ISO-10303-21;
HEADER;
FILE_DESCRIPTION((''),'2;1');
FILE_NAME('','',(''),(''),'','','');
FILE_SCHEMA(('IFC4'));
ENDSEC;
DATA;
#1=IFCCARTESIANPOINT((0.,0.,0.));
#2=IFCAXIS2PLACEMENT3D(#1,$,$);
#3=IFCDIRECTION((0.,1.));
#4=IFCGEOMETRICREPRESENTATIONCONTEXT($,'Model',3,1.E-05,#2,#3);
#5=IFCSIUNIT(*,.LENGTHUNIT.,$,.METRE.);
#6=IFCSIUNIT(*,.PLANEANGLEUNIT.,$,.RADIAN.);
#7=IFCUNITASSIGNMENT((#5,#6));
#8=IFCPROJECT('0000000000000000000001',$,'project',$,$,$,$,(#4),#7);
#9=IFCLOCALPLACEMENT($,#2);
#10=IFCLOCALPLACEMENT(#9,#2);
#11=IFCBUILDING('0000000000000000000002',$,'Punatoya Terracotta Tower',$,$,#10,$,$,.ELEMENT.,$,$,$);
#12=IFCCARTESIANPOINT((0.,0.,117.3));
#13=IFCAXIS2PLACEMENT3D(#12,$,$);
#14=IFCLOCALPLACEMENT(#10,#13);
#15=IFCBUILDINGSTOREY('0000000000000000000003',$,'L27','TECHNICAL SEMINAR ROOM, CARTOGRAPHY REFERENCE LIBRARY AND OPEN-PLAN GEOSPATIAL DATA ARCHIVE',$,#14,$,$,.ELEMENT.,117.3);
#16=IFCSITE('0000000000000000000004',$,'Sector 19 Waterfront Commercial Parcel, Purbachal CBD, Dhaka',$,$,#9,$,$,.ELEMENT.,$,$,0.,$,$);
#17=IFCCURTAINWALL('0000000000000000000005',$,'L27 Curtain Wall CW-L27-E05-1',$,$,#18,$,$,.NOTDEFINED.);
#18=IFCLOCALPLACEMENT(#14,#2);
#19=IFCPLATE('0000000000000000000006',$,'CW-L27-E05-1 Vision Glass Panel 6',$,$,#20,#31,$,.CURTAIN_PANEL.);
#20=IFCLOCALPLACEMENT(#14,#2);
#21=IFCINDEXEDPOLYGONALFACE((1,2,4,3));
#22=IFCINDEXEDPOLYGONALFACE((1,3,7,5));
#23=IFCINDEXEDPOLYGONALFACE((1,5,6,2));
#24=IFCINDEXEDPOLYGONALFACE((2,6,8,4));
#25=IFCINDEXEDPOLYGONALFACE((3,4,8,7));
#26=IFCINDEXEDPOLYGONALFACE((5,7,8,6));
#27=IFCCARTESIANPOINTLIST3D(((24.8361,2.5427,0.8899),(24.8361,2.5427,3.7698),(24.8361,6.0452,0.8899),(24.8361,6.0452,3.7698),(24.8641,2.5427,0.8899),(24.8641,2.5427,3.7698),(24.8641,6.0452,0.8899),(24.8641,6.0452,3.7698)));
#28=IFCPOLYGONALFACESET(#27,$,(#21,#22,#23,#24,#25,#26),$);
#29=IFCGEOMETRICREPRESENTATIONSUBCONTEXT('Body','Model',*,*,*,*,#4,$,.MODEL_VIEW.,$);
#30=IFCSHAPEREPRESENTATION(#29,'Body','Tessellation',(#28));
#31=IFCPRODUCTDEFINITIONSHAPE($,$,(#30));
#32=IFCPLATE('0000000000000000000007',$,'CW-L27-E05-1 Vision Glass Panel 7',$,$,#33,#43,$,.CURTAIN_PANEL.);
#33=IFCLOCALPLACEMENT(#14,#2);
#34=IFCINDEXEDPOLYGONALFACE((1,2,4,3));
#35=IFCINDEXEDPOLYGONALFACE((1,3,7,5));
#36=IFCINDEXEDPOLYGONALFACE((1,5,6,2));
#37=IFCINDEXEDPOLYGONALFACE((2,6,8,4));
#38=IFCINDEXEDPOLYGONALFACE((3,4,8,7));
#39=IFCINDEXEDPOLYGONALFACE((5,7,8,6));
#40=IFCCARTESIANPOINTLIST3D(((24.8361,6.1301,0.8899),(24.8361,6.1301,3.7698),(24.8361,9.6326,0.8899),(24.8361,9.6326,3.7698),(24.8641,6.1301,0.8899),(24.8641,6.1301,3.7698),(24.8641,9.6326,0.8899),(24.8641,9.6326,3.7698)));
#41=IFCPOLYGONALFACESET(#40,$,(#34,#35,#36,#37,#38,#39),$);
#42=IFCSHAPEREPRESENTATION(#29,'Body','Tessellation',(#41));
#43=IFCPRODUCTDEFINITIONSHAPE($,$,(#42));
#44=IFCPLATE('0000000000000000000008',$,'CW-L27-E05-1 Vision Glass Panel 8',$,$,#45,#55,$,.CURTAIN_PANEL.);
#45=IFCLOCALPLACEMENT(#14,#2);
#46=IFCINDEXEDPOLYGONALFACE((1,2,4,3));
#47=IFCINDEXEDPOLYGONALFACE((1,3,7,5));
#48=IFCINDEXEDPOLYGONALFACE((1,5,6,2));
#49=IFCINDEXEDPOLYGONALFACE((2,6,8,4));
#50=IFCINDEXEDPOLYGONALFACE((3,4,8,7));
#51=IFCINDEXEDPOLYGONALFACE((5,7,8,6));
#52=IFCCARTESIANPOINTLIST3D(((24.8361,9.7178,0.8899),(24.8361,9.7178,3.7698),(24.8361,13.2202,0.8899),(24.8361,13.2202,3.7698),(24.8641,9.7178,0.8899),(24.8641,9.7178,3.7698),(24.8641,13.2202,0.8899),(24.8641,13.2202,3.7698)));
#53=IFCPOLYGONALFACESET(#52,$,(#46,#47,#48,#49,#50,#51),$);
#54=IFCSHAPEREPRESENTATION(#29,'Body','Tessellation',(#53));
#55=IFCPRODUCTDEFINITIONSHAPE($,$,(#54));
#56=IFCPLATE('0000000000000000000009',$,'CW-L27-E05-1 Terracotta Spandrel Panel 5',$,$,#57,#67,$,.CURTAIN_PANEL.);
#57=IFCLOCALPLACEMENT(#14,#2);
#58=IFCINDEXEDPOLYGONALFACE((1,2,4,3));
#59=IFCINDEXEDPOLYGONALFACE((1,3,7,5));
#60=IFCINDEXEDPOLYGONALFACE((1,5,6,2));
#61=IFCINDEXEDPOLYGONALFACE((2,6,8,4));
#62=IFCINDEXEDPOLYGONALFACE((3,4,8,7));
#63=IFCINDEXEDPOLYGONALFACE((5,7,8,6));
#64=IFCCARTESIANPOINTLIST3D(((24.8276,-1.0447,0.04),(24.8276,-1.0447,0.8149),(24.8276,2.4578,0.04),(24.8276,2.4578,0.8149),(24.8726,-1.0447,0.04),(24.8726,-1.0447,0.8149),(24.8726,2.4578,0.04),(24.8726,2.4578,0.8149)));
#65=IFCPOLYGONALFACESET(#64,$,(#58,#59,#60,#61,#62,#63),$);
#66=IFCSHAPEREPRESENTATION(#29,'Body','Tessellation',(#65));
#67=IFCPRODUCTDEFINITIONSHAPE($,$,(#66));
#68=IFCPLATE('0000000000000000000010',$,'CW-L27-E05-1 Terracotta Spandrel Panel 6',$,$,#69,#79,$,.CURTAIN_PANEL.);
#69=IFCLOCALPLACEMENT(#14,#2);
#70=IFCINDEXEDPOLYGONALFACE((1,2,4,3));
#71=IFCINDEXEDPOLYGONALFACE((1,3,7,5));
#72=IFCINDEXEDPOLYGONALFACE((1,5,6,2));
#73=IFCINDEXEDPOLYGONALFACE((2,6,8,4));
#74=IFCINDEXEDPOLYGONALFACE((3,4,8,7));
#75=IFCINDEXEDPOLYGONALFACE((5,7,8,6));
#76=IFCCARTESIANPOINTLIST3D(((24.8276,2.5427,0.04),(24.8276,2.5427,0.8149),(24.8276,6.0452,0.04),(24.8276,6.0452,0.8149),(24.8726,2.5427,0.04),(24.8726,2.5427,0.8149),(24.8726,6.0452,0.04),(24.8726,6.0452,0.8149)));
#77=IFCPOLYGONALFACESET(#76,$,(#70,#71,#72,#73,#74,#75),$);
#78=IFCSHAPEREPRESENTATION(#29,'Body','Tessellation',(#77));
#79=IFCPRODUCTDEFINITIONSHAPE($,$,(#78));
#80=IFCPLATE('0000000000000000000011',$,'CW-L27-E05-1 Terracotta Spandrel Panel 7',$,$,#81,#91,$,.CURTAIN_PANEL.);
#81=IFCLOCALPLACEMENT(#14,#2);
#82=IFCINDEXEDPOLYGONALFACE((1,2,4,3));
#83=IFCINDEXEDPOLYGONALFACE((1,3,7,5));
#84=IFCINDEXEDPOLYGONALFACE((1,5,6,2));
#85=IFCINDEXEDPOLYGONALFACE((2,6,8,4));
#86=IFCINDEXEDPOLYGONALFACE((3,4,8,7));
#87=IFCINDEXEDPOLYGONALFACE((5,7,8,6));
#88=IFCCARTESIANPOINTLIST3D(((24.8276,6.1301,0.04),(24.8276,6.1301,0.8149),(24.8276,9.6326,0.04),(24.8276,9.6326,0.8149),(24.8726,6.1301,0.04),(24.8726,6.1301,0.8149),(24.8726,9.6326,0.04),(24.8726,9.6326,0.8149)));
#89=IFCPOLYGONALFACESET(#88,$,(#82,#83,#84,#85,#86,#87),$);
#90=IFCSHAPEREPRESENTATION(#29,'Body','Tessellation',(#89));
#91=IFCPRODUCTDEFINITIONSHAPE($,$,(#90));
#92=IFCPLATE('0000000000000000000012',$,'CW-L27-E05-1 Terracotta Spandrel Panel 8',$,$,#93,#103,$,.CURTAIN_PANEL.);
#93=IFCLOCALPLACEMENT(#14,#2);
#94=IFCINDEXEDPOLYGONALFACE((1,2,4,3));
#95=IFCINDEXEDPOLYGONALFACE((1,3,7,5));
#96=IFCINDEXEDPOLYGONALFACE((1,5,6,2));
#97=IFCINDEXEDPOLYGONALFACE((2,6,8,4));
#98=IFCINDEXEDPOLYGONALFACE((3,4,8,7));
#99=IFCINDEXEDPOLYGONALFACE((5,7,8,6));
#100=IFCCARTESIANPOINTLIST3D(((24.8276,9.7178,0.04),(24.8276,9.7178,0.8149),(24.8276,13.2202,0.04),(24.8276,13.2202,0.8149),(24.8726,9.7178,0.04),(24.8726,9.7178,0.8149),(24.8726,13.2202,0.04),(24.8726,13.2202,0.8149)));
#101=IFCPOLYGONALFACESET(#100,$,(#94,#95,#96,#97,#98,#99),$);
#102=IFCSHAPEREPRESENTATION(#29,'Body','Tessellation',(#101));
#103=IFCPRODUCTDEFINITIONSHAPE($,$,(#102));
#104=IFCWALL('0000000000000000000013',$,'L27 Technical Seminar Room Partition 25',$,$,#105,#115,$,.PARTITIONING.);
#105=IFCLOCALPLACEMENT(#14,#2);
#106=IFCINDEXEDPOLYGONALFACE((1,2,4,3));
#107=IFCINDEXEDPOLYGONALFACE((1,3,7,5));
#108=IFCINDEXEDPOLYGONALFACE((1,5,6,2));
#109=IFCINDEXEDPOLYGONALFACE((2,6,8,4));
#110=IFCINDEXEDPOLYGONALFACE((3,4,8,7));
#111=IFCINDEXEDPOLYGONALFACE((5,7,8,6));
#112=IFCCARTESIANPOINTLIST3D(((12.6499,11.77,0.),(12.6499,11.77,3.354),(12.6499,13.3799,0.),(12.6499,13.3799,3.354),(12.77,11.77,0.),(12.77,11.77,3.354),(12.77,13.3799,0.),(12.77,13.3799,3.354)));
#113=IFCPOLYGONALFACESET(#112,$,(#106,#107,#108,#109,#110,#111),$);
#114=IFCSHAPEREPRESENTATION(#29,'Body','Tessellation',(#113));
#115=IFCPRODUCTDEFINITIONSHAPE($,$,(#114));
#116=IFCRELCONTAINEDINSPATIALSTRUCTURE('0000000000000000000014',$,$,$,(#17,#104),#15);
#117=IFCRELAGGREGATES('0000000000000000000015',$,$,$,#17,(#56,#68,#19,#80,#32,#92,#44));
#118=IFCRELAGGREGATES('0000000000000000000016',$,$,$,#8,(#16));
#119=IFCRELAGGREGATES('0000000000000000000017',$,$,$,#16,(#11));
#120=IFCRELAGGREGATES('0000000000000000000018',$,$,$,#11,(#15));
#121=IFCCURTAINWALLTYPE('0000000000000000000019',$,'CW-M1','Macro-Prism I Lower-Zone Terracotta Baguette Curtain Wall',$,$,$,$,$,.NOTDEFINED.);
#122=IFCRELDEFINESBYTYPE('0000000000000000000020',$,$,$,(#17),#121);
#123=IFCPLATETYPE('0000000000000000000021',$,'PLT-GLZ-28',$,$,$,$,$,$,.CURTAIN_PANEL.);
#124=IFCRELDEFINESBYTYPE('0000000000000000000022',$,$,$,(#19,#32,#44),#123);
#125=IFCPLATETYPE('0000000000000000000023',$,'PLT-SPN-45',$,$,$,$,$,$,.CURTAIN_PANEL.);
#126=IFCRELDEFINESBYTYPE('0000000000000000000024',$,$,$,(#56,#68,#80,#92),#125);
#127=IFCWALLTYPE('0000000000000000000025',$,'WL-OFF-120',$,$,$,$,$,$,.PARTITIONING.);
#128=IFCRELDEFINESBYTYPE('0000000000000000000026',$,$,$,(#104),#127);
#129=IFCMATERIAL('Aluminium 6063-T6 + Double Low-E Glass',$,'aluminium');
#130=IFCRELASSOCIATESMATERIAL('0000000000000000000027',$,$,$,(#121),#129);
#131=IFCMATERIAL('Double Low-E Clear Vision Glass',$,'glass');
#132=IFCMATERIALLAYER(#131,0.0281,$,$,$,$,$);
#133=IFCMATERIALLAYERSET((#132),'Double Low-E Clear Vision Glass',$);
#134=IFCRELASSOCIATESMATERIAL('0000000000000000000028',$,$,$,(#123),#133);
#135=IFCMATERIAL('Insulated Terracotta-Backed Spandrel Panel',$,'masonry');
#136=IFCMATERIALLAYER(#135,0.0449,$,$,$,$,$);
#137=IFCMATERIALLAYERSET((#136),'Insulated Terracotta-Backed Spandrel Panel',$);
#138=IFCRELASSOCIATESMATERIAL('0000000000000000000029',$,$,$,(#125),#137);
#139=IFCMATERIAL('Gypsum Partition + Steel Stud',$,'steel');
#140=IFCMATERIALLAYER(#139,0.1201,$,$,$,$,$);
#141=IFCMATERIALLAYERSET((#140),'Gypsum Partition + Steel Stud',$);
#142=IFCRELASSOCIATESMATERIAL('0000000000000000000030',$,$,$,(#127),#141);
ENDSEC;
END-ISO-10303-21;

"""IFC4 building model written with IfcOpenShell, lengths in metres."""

from ifc_helpers import new_model, si_unit, direction, frame, frame_2d, origin, origin_2d, place, context, subcontext, project, spatial, rectangle, extrude, material, layer, layer_set, type_object, element, aggregate, save


model = new_model("IFC4")

# Units and contexts
model_context = context("Model", 3, precision=1e-05, world=origin(), true_north=direction((0.0, 1.0)))
body_context = subcontext(model_context, "Body", "Model", "MODEL_VIEW")
ifc_project = project(units=[si_unit("LENGTHUNIT", "METRE"), si_unit("PLANEANGLEUNIT", "RADIAN")], contexts=[model_context])

# Site, building, storey
site_placement = place(None, origin())
site = spatial("IfcSite", under=ifc_project, at=site_placement, Name="Sector 19 Waterfront Commercial Parcel, Purbachal CBD, Dhaka", CompositionType="ELEMENT", RefElevation=0.0)
building_placement = place(site_placement, origin())
building = spatial("IfcBuilding", under=site, at=building_placement, Name="Punatoya Terracotta Tower", CompositionType="ELEMENT")
storey_placement = place(building_placement, frame((0.0, 0.0, 117.3)))
storey = spatial("IfcBuildingStorey", under=building, at=storey_placement, Name="L27", Description="TECHNICAL SEMINAR ROOM, CARTOGRAPHY REFERENCE LIBRARY AND OPEN-PLAN GEOSPATIAL DATA ARCHIVE", CompositionType="ELEMENT", Elevation=117.3)

# Curtain wall, plates
ifc_material_1 = material(Name="Aluminium 6063-T6 + Double Low-E Glass", Category="aluminium")
curtain_wall_type = type_object("IfcCurtainWallType", Name="CW-M1", Description="Macro-Prism I Lower-Zone Terracotta Baguette Curtain Wall", PredefinedType="NOTDEFINED", material=ifc_material_1)
curtain_wall_placement = place(storey_placement, origin())
curtain_wall = element("IfcCurtainWall", 1, at=curtain_wall_placement, inside=storey, type_object=curtain_wall_type, Name="L27 Curtain Wall CW-L27-E05-1", PredefinedType="NOTDEFINED")
ifc_material_2 = material(Name="Double Low-E Clear Vision Glass", Category="glass")
ifc_layer_1 = layer(ifc_material_2, 0.0281)
ifc_layer_set_1 = layer_set([ifc_layer_1], Name="Double Low-E Clear Vision Glass")
plate_type_1 = type_object("IfcPlateType", Name="PLT-GLZ-28", PredefinedType="CURTAIN_PANEL", material=ifc_layer_set_1)
plate_1_placement = place(storey_placement, frame((24.8501, 4.2939, 0.8899), z_axis=(0.0, 0.0, 1.0), x_axis=(0.0, 1.0, 0.0)))
plate_1 = element("IfcPlate", 2, at=plate_1_placement, type_object=plate_type_1, Name="CW-L27-E05-1 Vision Glass Panel 6", PredefinedType="CURTAIN_PANEL", context=body_context, shape_type="SweptSolid", body=[
    extrude(rectangle(XDim=3.5024, YDim=0.0281, at=origin_2d()), origin(), (0.0, 0.0, 1.0), 2.8799),
])
plate_2_placement = place(storey_placement, frame((24.8501, 7.8813, 0.8899), z_axis=(0.0, 0.0, 1.0), x_axis=(0.0, 1.0, 0.0)))
plate_2 = element("IfcPlate", 3, at=plate_2_placement, type_object=plate_type_1, Name="CW-L27-E05-1 Vision Glass Panel 7", PredefinedType="CURTAIN_PANEL", context=body_context, shape_type="SweptSolid", body=[
    extrude(rectangle(XDim=3.5024, YDim=0.0281, at=origin_2d()), origin(), (0.0, 0.0, 1.0), 2.8799),
])
plate_3_placement = place(storey_placement, frame((24.8501, 11.469, 0.8899), z_axis=(0.0, 0.0, 1.0), x_axis=(0.0, 1.0, 0.0)))
plate_3 = element("IfcPlate", 4, at=plate_3_placement, type_object=plate_type_1, Name="CW-L27-E05-1 Vision Glass Panel 8", PredefinedType="CURTAIN_PANEL", context=body_context, shape_type="SweptSolid", body=[
    extrude(rectangle(XDim=3.5024, YDim=0.0281, at=origin_2d()), origin(), (0.0, 0.0, 1.0), 2.8799),
])
ifc_material_3 = material(Name="Insulated Terracotta-Backed Spandrel Panel", Category="masonry")
ifc_layer_2 = layer(ifc_material_3, 0.0449)
ifc_layer_set_2 = layer_set([ifc_layer_2], Name="Insulated Terracotta-Backed Spandrel Panel")
plate_type_2 = type_object("IfcPlateType", Name="PLT-SPN-45", PredefinedType="CURTAIN_PANEL", material=ifc_layer_set_2)
plate_4_placement = place(storey_placement, frame((24.8501, 0.7065, 0.04), z_axis=(0.0, 0.0, 1.0), x_axis=(0.0, 1.0, 0.0)))
plate_4 = element("IfcPlate", 5, at=plate_4_placement, type_object=plate_type_2, Name="CW-L27-E05-1 Terracotta Spandrel Panel 5", PredefinedType="CURTAIN_PANEL", context=body_context, shape_type="SweptSolid", body=[
    extrude(rectangle(XDim=3.5024, YDim=0.0449, at=origin_2d()), origin(), (0.0, 0.0, 1.0), 0.7749),
])
plate_5_placement = place(storey_placement, frame((24.8501, 4.2939, 0.04), z_axis=(0.0, 0.0, 1.0), x_axis=(0.0, 1.0, 0.0)))
plate_5 = element("IfcPlate", 6, at=plate_5_placement, type_object=plate_type_2, Name="CW-L27-E05-1 Terracotta Spandrel Panel 6", PredefinedType="CURTAIN_PANEL", context=body_context, shape_type="SweptSolid", body=[
    extrude(rectangle(XDim=3.5024, YDim=0.0449, at=origin_2d()), origin(), (0.0, 0.0, 1.0), 0.7749),
])
plate_6_placement = place(storey_placement, frame((24.8501, 7.8813, 0.04), z_axis=(0.0, 0.0, 1.0), x_axis=(0.0, 1.0, 0.0)))
plate_6 = element("IfcPlate", 7, at=plate_6_placement, type_object=plate_type_2, Name="CW-L27-E05-1 Terracotta Spandrel Panel 7", PredefinedType="CURTAIN_PANEL", context=body_context, shape_type="SweptSolid", body=[
    extrude(rectangle(XDim=3.5024, YDim=0.0449, at=origin_2d()), origin(), (0.0, 0.0, 1.0), 0.7749),
])
plate_7_placement = place(storey_placement, frame((24.8501, 11.469, 0.04), z_axis=(0.0, 0.0, 1.0), x_axis=(0.0, 1.0, 0.0)))
plate_7 = element("IfcPlate", 8, at=plate_7_placement, type_object=plate_type_2, Name="CW-L27-E05-1 Terracotta Spandrel Panel 8", PredefinedType="CURTAIN_PANEL", context=body_context, shape_type="SweptSolid", body=[
    extrude(rectangle(XDim=3.5024, YDim=0.0449, at=origin_2d()), origin(), (0.0, 0.0, 1.0), 0.7749),
])
aggregate(curtain_wall, [plate_4, plate_5, plate_1, plate_6, plate_2, plate_7, plate_3])

# Wall
ifc_material_4 = material(Name="Gypsum Partition + Steel Stud", Category="steel")
ifc_layer_3 = layer(ifc_material_4, 0.1201)
ifc_layer_set_3 = layer_set([ifc_layer_3], Name="Gypsum Partition + Steel Stud")
wall_type = type_object("IfcWallType", Name="WL-OFF-120", PredefinedType="PARTITIONING", material=ifc_layer_set_3)
wall_placement = place(storey_placement, frame((12.71, 11.77, 0.0), z_axis=(0.0, 0.0, 1.0), x_axis=(0.0, 1.0, 0.0)))
element("IfcWall", 9, at=wall_placement, inside=storey, type_object=wall_type, Name="L27 Technical Seminar Room Partition 25", PredefinedType="PARTITIONING", context=body_context, shape_type="SweptSolid", body=[
    extrude(rectangle(XDim=1.6099, YDim=0.1201, at=frame_2d((0.8049, 0.0))), origin(), (0.0, 0.0, 1.0), 3.354),
])

save(model, "model.ifc")
